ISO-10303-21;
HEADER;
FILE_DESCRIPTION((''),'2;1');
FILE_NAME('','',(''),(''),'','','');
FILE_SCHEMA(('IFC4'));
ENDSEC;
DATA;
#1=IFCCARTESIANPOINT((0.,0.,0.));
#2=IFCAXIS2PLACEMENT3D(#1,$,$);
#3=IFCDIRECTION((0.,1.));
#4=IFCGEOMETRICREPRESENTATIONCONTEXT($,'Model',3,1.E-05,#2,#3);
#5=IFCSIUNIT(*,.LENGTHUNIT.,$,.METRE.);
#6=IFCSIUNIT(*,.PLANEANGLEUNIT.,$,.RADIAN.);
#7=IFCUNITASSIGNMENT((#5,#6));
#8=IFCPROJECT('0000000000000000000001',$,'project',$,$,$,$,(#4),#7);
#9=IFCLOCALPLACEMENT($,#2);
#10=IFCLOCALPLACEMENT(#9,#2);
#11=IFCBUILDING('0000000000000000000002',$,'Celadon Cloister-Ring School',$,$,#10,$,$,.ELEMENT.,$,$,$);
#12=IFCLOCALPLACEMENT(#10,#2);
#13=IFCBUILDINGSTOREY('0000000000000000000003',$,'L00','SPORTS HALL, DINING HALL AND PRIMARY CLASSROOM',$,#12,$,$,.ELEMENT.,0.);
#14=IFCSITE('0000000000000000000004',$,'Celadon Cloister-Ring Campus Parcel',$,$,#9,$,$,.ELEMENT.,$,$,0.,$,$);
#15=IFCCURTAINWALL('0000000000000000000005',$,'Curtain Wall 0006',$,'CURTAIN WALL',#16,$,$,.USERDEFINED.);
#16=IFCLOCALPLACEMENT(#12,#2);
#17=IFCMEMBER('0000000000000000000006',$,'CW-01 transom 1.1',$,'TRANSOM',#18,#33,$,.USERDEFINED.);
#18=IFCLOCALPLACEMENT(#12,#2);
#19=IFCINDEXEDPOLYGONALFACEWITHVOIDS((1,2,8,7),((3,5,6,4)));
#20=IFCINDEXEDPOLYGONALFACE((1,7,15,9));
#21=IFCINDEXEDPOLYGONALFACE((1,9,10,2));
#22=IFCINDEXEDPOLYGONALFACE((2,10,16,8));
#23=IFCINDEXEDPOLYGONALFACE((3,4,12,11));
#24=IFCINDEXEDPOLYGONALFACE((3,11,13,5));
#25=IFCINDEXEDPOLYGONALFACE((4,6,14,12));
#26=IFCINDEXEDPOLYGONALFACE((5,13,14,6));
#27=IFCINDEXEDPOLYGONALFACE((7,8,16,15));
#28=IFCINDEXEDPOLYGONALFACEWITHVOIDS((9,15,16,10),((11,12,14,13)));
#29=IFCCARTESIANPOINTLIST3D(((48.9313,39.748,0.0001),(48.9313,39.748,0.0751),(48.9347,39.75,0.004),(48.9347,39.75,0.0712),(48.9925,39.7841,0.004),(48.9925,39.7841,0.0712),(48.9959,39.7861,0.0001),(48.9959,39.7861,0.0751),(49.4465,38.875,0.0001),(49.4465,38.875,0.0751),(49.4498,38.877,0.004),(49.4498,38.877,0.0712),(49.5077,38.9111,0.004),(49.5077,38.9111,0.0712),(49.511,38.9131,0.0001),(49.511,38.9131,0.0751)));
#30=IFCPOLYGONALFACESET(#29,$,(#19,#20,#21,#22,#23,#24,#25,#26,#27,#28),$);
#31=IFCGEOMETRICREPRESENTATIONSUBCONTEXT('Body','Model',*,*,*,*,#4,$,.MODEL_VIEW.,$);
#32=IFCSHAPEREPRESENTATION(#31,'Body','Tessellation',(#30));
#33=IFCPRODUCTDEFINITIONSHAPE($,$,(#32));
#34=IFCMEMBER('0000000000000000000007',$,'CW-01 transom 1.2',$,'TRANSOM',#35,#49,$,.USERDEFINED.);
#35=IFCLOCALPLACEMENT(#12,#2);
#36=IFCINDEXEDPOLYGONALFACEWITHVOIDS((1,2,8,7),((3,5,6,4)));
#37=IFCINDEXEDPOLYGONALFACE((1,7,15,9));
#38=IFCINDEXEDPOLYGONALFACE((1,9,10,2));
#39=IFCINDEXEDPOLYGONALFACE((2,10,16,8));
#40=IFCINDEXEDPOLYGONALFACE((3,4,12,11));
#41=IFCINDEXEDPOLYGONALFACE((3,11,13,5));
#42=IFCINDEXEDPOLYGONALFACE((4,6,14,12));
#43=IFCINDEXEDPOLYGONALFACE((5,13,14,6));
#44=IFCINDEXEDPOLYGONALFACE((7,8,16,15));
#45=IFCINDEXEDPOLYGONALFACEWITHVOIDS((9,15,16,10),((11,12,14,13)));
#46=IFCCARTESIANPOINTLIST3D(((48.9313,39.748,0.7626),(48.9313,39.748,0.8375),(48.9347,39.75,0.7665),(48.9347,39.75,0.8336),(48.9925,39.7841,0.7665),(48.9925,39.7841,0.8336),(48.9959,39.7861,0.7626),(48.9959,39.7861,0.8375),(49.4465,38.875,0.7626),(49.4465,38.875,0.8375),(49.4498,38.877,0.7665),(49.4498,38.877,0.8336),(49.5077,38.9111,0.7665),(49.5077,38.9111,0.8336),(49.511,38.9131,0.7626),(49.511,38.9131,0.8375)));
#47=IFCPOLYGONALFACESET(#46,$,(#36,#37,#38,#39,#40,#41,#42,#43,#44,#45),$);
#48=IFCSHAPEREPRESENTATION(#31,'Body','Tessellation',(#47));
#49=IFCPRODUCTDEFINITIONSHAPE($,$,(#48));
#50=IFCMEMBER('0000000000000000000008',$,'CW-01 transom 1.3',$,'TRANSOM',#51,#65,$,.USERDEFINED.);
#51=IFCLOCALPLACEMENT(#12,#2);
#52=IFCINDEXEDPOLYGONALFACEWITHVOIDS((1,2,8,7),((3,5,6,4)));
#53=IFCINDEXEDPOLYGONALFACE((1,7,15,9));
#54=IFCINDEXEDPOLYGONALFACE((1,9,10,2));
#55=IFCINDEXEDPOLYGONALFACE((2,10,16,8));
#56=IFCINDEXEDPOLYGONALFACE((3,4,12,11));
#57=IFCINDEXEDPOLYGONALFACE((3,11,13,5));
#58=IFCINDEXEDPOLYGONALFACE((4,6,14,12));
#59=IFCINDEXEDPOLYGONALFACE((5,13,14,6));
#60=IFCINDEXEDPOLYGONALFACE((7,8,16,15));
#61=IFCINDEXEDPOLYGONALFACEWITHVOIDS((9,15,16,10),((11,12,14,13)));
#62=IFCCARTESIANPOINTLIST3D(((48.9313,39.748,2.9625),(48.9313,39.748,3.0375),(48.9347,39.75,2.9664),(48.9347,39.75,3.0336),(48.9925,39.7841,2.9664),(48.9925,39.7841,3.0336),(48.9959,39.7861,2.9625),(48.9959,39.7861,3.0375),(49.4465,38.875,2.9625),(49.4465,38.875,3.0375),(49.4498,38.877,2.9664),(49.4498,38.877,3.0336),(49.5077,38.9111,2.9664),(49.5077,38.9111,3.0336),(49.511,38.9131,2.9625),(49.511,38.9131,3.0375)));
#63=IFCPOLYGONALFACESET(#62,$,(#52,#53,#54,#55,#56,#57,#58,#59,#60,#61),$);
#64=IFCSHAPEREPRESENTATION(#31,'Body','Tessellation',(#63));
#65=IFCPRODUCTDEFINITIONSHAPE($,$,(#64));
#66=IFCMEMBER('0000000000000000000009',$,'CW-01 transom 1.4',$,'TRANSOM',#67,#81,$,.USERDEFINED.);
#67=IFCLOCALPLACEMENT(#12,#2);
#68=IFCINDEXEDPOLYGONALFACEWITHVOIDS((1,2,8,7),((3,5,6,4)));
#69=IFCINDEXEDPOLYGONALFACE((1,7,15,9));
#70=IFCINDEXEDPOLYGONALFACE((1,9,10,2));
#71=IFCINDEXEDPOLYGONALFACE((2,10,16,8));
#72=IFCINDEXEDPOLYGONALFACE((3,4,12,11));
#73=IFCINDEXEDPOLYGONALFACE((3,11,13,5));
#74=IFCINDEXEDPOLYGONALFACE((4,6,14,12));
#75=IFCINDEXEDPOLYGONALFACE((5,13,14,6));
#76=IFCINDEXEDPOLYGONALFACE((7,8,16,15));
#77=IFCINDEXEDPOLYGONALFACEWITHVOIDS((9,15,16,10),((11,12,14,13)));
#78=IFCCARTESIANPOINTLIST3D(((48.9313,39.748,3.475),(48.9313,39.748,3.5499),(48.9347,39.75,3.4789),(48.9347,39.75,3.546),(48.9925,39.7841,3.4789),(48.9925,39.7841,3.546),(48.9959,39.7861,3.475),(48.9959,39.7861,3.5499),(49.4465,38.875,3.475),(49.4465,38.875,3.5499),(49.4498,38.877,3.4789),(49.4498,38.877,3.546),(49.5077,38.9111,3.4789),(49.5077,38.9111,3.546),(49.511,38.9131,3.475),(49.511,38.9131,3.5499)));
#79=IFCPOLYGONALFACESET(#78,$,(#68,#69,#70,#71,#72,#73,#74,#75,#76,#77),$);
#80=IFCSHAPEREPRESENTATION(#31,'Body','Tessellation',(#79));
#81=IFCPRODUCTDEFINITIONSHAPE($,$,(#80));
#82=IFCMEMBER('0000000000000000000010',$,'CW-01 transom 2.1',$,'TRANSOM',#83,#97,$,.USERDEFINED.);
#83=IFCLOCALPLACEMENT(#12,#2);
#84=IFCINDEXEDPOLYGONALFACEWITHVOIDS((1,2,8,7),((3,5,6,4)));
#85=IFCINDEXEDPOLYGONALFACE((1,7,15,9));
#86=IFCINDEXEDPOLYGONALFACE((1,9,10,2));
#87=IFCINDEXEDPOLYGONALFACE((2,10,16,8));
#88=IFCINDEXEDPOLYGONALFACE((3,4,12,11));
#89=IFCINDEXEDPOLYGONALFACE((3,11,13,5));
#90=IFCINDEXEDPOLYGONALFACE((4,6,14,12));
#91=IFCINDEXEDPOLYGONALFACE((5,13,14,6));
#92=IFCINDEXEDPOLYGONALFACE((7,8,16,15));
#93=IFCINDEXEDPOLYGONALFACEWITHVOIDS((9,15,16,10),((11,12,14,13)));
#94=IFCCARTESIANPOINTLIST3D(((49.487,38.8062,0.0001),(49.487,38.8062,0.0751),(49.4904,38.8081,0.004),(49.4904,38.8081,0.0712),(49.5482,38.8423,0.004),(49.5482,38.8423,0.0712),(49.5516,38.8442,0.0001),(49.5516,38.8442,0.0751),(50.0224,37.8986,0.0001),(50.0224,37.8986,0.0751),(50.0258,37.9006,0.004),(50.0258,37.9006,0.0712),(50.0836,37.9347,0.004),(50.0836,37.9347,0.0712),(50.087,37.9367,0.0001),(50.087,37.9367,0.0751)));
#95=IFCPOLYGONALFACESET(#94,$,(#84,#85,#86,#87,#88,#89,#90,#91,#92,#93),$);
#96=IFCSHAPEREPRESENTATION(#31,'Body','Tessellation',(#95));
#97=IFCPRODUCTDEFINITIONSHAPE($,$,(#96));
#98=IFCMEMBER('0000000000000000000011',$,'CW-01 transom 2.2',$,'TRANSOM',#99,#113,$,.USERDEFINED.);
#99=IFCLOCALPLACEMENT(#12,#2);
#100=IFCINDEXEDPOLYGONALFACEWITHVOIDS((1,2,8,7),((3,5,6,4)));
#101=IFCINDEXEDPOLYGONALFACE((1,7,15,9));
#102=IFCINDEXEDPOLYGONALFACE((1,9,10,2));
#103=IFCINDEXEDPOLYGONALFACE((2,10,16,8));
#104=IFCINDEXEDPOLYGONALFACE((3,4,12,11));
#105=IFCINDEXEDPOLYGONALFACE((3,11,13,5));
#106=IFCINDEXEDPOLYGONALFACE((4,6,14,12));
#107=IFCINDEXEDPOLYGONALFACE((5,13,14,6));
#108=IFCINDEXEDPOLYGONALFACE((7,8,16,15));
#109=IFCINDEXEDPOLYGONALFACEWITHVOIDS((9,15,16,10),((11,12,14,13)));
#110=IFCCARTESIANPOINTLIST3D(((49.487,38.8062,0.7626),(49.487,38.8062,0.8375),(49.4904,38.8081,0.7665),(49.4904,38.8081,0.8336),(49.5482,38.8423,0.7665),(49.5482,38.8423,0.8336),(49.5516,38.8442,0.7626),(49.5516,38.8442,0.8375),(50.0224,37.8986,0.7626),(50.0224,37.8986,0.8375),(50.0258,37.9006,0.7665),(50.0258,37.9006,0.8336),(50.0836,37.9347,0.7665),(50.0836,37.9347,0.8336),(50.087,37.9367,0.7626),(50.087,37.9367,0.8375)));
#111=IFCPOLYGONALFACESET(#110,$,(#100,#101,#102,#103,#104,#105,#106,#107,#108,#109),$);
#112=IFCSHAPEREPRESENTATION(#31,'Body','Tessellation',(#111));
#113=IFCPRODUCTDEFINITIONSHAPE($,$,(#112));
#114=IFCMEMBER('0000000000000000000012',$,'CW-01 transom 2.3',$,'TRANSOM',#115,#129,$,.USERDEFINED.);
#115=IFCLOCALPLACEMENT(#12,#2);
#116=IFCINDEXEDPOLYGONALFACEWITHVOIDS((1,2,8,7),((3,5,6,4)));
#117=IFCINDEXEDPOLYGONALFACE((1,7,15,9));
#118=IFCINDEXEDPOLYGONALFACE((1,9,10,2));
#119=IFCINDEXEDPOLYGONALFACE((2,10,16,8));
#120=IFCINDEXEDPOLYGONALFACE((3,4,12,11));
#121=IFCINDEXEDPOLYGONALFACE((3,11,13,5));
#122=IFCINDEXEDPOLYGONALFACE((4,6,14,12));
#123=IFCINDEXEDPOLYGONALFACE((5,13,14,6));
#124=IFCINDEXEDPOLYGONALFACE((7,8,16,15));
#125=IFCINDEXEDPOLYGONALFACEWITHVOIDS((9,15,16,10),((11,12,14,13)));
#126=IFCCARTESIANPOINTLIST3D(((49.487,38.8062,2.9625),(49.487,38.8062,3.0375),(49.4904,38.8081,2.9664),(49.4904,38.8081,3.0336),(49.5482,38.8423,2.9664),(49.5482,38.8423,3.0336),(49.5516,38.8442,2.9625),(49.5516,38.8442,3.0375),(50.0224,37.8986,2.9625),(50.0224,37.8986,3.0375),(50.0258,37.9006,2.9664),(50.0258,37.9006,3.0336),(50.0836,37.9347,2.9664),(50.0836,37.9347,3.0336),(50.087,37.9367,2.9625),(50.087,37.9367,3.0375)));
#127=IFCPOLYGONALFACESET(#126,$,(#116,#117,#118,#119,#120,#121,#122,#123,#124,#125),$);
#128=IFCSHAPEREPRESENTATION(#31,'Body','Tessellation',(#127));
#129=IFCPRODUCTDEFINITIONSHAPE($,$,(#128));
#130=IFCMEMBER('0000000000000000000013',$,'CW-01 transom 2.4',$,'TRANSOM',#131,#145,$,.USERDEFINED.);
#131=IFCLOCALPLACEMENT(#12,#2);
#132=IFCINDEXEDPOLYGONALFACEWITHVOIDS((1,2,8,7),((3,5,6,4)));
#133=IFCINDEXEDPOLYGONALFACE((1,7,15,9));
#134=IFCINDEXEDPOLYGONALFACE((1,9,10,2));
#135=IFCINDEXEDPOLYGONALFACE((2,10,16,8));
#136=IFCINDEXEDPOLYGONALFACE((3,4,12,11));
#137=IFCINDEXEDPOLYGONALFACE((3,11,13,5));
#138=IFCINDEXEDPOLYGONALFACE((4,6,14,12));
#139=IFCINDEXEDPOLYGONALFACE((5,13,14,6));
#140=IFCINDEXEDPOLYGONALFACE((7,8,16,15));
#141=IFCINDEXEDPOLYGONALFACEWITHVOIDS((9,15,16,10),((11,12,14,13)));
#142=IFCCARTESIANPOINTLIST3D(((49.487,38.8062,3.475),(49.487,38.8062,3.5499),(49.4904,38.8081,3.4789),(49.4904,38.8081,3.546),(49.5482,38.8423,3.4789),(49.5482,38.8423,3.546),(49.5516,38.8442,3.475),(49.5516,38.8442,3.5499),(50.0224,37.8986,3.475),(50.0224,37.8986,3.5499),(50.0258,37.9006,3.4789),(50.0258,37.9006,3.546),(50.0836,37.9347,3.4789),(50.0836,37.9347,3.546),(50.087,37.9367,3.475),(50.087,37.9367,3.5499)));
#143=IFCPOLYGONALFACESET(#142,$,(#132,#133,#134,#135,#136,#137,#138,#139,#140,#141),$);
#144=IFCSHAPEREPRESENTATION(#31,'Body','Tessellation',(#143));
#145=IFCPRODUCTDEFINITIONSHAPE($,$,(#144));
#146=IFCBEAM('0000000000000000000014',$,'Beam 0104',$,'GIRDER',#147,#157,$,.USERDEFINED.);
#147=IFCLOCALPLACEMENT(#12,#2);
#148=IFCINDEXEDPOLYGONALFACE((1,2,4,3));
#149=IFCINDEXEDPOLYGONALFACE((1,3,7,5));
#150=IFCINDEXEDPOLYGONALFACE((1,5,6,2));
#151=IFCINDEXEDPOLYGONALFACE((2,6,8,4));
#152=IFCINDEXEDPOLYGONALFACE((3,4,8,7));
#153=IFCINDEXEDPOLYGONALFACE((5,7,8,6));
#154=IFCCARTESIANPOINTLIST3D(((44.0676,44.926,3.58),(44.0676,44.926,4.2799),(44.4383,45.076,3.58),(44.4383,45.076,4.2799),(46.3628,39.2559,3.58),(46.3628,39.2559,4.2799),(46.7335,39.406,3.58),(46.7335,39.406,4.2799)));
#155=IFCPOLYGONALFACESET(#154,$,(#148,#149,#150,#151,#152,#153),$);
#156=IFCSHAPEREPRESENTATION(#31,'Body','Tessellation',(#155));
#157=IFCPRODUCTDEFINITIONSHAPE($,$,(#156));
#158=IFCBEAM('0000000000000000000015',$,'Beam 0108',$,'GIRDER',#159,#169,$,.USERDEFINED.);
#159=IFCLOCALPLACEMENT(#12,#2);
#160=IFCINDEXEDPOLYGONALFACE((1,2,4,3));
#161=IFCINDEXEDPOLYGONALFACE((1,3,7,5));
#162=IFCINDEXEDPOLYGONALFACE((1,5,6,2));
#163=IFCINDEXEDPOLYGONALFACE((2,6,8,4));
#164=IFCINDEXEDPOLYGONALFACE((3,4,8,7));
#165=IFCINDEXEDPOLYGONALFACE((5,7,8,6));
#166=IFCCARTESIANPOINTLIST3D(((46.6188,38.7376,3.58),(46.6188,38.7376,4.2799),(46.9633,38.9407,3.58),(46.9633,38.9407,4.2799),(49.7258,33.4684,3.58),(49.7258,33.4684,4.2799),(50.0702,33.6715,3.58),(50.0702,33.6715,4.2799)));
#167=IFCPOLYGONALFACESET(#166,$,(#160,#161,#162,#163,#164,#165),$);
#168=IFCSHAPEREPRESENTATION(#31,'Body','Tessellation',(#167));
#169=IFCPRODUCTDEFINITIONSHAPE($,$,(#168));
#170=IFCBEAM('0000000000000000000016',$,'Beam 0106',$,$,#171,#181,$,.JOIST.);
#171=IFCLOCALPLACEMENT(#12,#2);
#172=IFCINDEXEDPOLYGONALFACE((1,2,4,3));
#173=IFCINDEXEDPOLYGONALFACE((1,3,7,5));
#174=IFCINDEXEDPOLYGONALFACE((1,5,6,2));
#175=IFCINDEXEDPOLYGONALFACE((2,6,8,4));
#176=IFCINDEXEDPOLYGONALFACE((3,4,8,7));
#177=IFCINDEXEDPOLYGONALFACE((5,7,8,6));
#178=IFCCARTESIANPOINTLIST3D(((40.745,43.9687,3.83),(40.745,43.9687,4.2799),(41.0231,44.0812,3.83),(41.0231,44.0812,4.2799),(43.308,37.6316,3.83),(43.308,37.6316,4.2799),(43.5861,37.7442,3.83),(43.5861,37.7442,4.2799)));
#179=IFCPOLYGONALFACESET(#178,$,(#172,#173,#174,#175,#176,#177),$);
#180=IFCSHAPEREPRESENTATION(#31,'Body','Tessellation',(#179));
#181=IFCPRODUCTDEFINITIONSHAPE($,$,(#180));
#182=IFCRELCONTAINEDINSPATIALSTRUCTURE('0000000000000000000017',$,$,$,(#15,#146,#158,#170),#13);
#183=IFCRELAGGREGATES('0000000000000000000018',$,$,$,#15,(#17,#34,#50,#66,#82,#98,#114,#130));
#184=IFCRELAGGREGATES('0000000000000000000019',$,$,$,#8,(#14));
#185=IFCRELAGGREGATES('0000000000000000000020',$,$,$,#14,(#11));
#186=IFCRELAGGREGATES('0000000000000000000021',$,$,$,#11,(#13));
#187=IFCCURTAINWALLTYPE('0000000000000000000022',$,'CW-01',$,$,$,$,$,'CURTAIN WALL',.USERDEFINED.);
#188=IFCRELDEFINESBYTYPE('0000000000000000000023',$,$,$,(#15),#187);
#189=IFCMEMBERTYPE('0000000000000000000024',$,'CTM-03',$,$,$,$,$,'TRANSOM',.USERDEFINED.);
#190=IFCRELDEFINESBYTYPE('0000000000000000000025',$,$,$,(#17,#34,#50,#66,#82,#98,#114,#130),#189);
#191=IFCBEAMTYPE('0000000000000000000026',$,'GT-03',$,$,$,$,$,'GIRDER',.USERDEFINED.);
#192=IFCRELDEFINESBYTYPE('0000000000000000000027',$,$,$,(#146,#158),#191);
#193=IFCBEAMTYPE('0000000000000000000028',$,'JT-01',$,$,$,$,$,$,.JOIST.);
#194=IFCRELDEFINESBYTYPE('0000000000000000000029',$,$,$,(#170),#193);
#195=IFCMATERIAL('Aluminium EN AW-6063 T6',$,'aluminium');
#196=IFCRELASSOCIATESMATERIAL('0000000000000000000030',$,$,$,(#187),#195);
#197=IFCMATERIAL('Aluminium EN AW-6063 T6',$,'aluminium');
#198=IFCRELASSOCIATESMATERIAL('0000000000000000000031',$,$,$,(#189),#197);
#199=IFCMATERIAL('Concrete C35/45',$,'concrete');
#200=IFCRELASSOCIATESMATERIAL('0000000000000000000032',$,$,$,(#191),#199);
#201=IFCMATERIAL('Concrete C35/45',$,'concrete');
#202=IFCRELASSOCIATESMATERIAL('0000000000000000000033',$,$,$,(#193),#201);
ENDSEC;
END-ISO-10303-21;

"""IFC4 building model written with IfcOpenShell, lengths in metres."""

from ifc_helpers import new_model, si_unit, direction, frame, origin, origin_2d, place, context, subcontext, project, spatial, rectangle, hollow_rectangle, extrude, material, material_profile, profile_set, type_object, element, aggregate, save


model = new_model("IFC4")

# Units and contexts
model_context = context("Model", 3, precision=1e-05, world=origin(), true_north=direction((0.0, 1.0)))
body_context = subcontext(model_context, "Body", "Model", "MODEL_VIEW")
ifc_project = project(units=[si_unit("LENGTHUNIT", "METRE"), si_unit("PLANEANGLEUNIT", "RADIAN")], contexts=[model_context])

# Site, building, storey
site_placement = place(None, origin())
site = spatial("IfcSite", under=ifc_project, at=site_placement, Name="Celadon Cloister-Ring Campus Parcel", CompositionType="ELEMENT", RefElevation=0.0)
building_placement = place(site_placement, origin())
building = spatial("IfcBuilding", under=site, at=building_placement, Name="Celadon Cloister-Ring School", CompositionType="ELEMENT")
storey_placement = place(building_placement, origin())
storey = spatial("IfcBuildingStorey", under=building, at=storey_placement, Name="L00", Description="SPORTS HALL, DINING HALL AND PRIMARY CLASSROOM", CompositionType="ELEMENT", Elevation=0.0)

# Curtain wall, members
ifc_material_1 = material(Name="Aluminium EN AW-6063 T6", Category="aluminium")
curtain_wall_type = type_object("IfcCurtainWallType", Name="CW-01", ElementType="CURTAIN WALL", PredefinedType="USERDEFINED", material=ifc_material_1)
curtain_wall_placement = place(storey_placement, origin())
curtain_wall = element("IfcCurtainWall", 1, at=curtain_wall_placement, inside=storey, type_object=curtain_wall_type, Name="Curtain Wall 0006", ObjectType="CURTAIN WALL", PredefinedType="USERDEFINED")
ifc_material_2 = material(Name="Aluminium EN AW-6063 T6", Category="aluminium")
ifc_material_profile_1 = material_profile(ifc_material_2, hollow_rectangle(XDim=0.075, YDim=0.075, WallThickness=0.0039, at=origin_2d()), Name="RHS75X75X4")
ifc_profile_set_1 = profile_set([ifc_material_profile_1], Name="Aluminium EN AW-6063 T6")
member_type_1 = type_object("IfcMemberType", Name="CTM-03", ElementType="TRANSOM", PredefinedType="USERDEFINED", material=ifc_profile_set_1)
member_1_placement = place(storey_placement, frame((48.9636, 39.7671, 0.0376), z_axis=(0.508177, -0.861252, 0.0), x_axis=(0.861252, 0.508177, 0.0)))
member_1 = element("IfcMember", 2, at=member_1_placement, type_object=member_type_1, Name="CW-01 transom 1.1", ObjectType="TRANSOM", PredefinedType="USERDEFINED", context=body_context, shape_type="SweptSolid", body=[
    extrude(hollow_rectangle(XDim=0.075, YDim=0.075, WallThickness=0.0039, at=origin_2d()), origin(), (0.0, 0.0, 1.0), 1.0137),
])
member_2_placement = place(storey_placement, frame((48.9636, 39.7671, 0.8), z_axis=(0.508177, -0.861252, 0.0), x_axis=(0.861252, 0.508177, 0.0)))
member_2 = element("IfcMember", 3, at=member_2_placement, type_object=member_type_1, Name="CW-01 transom 1.2", ObjectType="TRANSOM", PredefinedType="USERDEFINED", context=body_context, shape_type="SweptSolid", body=[
    extrude(hollow_rectangle(XDim=0.075, YDim=0.075, WallThickness=0.0039, at=origin_2d()), origin(), (0.0, 0.0, 1.0), 1.0137),
])
member_3_placement = place(storey_placement, frame((48.9636, 39.7671, 3.0), z_axis=(0.508177, -0.861252, 0.0), x_axis=(0.861252, 0.508177, 0.0)))
member_3 = element("IfcMember", 4, at=member_3_placement, type_object=member_type_1, Name="CW-01 transom 1.3", ObjectType="TRANSOM", PredefinedType="USERDEFINED", context=body_context, shape_type="SweptSolid", body=[
    extrude(hollow_rectangle(XDim=0.075, YDim=0.075, WallThickness=0.0039, at=origin_2d()), origin(), (0.0, 0.0, 1.0), 1.0137),
])
member_4_placement = place(storey_placement, frame((48.9636, 39.7671, 3.5125), z_axis=(0.508177, -0.861252, 0.0), x_axis=(0.861252, 0.508177, 0.0)))
member_4 = element("IfcMember", 5, at=member_4_placement, type_object=member_type_1, Name="CW-01 transom 1.4", ObjectType="TRANSOM", PredefinedType="USERDEFINED", context=body_context, shape_type="SweptSolid", body=[
    extrude(hollow_rectangle(XDim=0.075, YDim=0.075, WallThickness=0.0039, at=origin_2d()), origin(), (0.0, 0.0, 1.0), 1.0137),
])
member_5_placement = place(storey_placement, frame((49.5193, 38.8252, 0.0376), z_axis=(0.508144, -0.861272, 0.0), x_axis=(0.861272, 0.508144, 0.0)))
member_5 = element("IfcMember", 6, at=member_5_placement, type_object=member_type_1, Name="CW-01 transom 2.1", ObjectType="TRANSOM", PredefinedType="USERDEFINED", context=body_context, shape_type="SweptSolid", body=[
    extrude(hollow_rectangle(XDim=0.075, YDim=0.075, WallThickness=0.0039, at=origin_2d()), origin(), (0.0, 0.0, 1.0), 1.0537),
])
member_6_placement = place(storey_placement, frame((49.5193, 38.8252, 0.8), z_axis=(0.508144, -0.861272, 0.0), x_axis=(0.861272, 0.508144, 0.0)))
member_6 = element("IfcMember", 7, at=member_6_placement, type_object=member_type_1, Name="CW-01 transom 2.2", ObjectType="TRANSOM", PredefinedType="USERDEFINED", context=body_context, shape_type="SweptSolid", body=[
    extrude(hollow_rectangle(XDim=0.075, YDim=0.075, WallThickness=0.0039, at=origin_2d()), origin(), (0.0, 0.0, 1.0), 1.0537),
])
member_7_placement = place(storey_placement, frame((49.5193, 38.8252, 3.0), z_axis=(0.508144, -0.861272, 0.0), x_axis=(0.861272, 0.508144, 0.0)))
member_7 = element("IfcMember", 8, at=member_7_placement, type_object=member_type_1, Name="CW-01 transom 2.3", ObjectType="TRANSOM", PredefinedType="USERDEFINED", context=body_context, shape_type="SweptSolid", body=[
    extrude(hollow_rectangle(XDim=0.075, YDim=0.075, WallThickness=0.0039, at=origin_2d()), origin(), (0.0, 0.0, 1.0), 1.0537),
])
member_8_placement = place(storey_placement, frame((49.5193, 38.8252, 3.5125), z_axis=(0.508144, -0.861272, 0.0), x_axis=(0.861272, 0.508144, 0.0)))
member_8 = element("IfcMember", 9, at=member_8_placement, type_object=member_type_1, Name="CW-01 transom 2.4", ObjectType="TRANSOM", PredefinedType="USERDEFINED", context=body_context, shape_type="SweptSolid", body=[
    extrude(hollow_rectangle(XDim=0.075, YDim=0.075, WallThickness=0.0039, at=origin_2d()), origin(), (0.0, 0.0, 1.0), 1.0537),
])

# Beams
ifc_material_3 = material(Name="Concrete C35/45", Category="concrete")
ifc_material_profile_2 = material_profile(ifc_material_3, rectangle(XDim=0.3999, YDim=0.7, at=origin_2d()), Name="RC400X700")
ifc_profile_set_2 = profile_set([ifc_material_profile_2], Name="Concrete C35/45")
beam_type_1 = type_object("IfcBeamType", Name="GT-03", ElementType="GIRDER", PredefinedType="USERDEFINED", material=ifc_profile_set_2)
for number, where, z_axis, x_axis, name in (
    (10, (44.2529, 45.001, 3.9299), (0.375221, -0.926936, 0.0), (0.926936, 0.375221, 0.0), "Beam 0104"),
    (11, (46.791, 38.8391, 3.9299), (0.50793, -0.861398, 0.0), (0.861398, 0.50793, 0.0), "Beam 0108"),
):
    element("IfcBeam", number, at=place(storey_placement, frame(where, z_axis=z_axis, x_axis=x_axis)), inside=storey, type_object=beam_type_1, Name=name, ObjectType="GIRDER", PredefinedType="USERDEFINED", context=body_context, shape_type="SweptSolid", body=[
        extrude(rectangle(XDim=0.3999, YDim=0.7, at=origin_2d()), origin(), (0.0, 0.0, 1.0), 6.1169),
    ])
ifc_material_4 = material(Name="Concrete C35/45", Category="concrete")
ifc_material_profile_3 = material_profile(ifc_material_4, rectangle(XDim=0.3, YDim=0.45, at=origin_2d()), Name="RC300X450")
ifc_profile_set_3 = profile_set([ifc_material_profile_3], Name="Concrete C35/45")
beam_type_2 = type_object("IfcBeamType", Name="JT-01", PredefinedType="JOIST", material=ifc_profile_set_3)
beam_1_placement = place(storey_placement, frame((40.884, 44.0249, 4.0549), z_axis=(0.374947, -0.927046, 0.0), x_axis=(0.927046, 0.374947, 0.0)))
element("IfcBeam", 12, at=beam_1_placement, inside=storey, type_object=beam_type_2, Name="Beam 0106", PredefinedType="JOIST", context=body_context, shape_type="SweptSolid", body=[
    extrude(rectangle(XDim=0.3, YDim=0.45, at=origin_2d()), origin(), (0.0, 0.0, 1.0), 6.8357),
])

aggregate(curtain_wall, [member_1, member_2, member_3, member_4, member_5, member_6, member_7, member_8])

save(model, "model.ifc")
